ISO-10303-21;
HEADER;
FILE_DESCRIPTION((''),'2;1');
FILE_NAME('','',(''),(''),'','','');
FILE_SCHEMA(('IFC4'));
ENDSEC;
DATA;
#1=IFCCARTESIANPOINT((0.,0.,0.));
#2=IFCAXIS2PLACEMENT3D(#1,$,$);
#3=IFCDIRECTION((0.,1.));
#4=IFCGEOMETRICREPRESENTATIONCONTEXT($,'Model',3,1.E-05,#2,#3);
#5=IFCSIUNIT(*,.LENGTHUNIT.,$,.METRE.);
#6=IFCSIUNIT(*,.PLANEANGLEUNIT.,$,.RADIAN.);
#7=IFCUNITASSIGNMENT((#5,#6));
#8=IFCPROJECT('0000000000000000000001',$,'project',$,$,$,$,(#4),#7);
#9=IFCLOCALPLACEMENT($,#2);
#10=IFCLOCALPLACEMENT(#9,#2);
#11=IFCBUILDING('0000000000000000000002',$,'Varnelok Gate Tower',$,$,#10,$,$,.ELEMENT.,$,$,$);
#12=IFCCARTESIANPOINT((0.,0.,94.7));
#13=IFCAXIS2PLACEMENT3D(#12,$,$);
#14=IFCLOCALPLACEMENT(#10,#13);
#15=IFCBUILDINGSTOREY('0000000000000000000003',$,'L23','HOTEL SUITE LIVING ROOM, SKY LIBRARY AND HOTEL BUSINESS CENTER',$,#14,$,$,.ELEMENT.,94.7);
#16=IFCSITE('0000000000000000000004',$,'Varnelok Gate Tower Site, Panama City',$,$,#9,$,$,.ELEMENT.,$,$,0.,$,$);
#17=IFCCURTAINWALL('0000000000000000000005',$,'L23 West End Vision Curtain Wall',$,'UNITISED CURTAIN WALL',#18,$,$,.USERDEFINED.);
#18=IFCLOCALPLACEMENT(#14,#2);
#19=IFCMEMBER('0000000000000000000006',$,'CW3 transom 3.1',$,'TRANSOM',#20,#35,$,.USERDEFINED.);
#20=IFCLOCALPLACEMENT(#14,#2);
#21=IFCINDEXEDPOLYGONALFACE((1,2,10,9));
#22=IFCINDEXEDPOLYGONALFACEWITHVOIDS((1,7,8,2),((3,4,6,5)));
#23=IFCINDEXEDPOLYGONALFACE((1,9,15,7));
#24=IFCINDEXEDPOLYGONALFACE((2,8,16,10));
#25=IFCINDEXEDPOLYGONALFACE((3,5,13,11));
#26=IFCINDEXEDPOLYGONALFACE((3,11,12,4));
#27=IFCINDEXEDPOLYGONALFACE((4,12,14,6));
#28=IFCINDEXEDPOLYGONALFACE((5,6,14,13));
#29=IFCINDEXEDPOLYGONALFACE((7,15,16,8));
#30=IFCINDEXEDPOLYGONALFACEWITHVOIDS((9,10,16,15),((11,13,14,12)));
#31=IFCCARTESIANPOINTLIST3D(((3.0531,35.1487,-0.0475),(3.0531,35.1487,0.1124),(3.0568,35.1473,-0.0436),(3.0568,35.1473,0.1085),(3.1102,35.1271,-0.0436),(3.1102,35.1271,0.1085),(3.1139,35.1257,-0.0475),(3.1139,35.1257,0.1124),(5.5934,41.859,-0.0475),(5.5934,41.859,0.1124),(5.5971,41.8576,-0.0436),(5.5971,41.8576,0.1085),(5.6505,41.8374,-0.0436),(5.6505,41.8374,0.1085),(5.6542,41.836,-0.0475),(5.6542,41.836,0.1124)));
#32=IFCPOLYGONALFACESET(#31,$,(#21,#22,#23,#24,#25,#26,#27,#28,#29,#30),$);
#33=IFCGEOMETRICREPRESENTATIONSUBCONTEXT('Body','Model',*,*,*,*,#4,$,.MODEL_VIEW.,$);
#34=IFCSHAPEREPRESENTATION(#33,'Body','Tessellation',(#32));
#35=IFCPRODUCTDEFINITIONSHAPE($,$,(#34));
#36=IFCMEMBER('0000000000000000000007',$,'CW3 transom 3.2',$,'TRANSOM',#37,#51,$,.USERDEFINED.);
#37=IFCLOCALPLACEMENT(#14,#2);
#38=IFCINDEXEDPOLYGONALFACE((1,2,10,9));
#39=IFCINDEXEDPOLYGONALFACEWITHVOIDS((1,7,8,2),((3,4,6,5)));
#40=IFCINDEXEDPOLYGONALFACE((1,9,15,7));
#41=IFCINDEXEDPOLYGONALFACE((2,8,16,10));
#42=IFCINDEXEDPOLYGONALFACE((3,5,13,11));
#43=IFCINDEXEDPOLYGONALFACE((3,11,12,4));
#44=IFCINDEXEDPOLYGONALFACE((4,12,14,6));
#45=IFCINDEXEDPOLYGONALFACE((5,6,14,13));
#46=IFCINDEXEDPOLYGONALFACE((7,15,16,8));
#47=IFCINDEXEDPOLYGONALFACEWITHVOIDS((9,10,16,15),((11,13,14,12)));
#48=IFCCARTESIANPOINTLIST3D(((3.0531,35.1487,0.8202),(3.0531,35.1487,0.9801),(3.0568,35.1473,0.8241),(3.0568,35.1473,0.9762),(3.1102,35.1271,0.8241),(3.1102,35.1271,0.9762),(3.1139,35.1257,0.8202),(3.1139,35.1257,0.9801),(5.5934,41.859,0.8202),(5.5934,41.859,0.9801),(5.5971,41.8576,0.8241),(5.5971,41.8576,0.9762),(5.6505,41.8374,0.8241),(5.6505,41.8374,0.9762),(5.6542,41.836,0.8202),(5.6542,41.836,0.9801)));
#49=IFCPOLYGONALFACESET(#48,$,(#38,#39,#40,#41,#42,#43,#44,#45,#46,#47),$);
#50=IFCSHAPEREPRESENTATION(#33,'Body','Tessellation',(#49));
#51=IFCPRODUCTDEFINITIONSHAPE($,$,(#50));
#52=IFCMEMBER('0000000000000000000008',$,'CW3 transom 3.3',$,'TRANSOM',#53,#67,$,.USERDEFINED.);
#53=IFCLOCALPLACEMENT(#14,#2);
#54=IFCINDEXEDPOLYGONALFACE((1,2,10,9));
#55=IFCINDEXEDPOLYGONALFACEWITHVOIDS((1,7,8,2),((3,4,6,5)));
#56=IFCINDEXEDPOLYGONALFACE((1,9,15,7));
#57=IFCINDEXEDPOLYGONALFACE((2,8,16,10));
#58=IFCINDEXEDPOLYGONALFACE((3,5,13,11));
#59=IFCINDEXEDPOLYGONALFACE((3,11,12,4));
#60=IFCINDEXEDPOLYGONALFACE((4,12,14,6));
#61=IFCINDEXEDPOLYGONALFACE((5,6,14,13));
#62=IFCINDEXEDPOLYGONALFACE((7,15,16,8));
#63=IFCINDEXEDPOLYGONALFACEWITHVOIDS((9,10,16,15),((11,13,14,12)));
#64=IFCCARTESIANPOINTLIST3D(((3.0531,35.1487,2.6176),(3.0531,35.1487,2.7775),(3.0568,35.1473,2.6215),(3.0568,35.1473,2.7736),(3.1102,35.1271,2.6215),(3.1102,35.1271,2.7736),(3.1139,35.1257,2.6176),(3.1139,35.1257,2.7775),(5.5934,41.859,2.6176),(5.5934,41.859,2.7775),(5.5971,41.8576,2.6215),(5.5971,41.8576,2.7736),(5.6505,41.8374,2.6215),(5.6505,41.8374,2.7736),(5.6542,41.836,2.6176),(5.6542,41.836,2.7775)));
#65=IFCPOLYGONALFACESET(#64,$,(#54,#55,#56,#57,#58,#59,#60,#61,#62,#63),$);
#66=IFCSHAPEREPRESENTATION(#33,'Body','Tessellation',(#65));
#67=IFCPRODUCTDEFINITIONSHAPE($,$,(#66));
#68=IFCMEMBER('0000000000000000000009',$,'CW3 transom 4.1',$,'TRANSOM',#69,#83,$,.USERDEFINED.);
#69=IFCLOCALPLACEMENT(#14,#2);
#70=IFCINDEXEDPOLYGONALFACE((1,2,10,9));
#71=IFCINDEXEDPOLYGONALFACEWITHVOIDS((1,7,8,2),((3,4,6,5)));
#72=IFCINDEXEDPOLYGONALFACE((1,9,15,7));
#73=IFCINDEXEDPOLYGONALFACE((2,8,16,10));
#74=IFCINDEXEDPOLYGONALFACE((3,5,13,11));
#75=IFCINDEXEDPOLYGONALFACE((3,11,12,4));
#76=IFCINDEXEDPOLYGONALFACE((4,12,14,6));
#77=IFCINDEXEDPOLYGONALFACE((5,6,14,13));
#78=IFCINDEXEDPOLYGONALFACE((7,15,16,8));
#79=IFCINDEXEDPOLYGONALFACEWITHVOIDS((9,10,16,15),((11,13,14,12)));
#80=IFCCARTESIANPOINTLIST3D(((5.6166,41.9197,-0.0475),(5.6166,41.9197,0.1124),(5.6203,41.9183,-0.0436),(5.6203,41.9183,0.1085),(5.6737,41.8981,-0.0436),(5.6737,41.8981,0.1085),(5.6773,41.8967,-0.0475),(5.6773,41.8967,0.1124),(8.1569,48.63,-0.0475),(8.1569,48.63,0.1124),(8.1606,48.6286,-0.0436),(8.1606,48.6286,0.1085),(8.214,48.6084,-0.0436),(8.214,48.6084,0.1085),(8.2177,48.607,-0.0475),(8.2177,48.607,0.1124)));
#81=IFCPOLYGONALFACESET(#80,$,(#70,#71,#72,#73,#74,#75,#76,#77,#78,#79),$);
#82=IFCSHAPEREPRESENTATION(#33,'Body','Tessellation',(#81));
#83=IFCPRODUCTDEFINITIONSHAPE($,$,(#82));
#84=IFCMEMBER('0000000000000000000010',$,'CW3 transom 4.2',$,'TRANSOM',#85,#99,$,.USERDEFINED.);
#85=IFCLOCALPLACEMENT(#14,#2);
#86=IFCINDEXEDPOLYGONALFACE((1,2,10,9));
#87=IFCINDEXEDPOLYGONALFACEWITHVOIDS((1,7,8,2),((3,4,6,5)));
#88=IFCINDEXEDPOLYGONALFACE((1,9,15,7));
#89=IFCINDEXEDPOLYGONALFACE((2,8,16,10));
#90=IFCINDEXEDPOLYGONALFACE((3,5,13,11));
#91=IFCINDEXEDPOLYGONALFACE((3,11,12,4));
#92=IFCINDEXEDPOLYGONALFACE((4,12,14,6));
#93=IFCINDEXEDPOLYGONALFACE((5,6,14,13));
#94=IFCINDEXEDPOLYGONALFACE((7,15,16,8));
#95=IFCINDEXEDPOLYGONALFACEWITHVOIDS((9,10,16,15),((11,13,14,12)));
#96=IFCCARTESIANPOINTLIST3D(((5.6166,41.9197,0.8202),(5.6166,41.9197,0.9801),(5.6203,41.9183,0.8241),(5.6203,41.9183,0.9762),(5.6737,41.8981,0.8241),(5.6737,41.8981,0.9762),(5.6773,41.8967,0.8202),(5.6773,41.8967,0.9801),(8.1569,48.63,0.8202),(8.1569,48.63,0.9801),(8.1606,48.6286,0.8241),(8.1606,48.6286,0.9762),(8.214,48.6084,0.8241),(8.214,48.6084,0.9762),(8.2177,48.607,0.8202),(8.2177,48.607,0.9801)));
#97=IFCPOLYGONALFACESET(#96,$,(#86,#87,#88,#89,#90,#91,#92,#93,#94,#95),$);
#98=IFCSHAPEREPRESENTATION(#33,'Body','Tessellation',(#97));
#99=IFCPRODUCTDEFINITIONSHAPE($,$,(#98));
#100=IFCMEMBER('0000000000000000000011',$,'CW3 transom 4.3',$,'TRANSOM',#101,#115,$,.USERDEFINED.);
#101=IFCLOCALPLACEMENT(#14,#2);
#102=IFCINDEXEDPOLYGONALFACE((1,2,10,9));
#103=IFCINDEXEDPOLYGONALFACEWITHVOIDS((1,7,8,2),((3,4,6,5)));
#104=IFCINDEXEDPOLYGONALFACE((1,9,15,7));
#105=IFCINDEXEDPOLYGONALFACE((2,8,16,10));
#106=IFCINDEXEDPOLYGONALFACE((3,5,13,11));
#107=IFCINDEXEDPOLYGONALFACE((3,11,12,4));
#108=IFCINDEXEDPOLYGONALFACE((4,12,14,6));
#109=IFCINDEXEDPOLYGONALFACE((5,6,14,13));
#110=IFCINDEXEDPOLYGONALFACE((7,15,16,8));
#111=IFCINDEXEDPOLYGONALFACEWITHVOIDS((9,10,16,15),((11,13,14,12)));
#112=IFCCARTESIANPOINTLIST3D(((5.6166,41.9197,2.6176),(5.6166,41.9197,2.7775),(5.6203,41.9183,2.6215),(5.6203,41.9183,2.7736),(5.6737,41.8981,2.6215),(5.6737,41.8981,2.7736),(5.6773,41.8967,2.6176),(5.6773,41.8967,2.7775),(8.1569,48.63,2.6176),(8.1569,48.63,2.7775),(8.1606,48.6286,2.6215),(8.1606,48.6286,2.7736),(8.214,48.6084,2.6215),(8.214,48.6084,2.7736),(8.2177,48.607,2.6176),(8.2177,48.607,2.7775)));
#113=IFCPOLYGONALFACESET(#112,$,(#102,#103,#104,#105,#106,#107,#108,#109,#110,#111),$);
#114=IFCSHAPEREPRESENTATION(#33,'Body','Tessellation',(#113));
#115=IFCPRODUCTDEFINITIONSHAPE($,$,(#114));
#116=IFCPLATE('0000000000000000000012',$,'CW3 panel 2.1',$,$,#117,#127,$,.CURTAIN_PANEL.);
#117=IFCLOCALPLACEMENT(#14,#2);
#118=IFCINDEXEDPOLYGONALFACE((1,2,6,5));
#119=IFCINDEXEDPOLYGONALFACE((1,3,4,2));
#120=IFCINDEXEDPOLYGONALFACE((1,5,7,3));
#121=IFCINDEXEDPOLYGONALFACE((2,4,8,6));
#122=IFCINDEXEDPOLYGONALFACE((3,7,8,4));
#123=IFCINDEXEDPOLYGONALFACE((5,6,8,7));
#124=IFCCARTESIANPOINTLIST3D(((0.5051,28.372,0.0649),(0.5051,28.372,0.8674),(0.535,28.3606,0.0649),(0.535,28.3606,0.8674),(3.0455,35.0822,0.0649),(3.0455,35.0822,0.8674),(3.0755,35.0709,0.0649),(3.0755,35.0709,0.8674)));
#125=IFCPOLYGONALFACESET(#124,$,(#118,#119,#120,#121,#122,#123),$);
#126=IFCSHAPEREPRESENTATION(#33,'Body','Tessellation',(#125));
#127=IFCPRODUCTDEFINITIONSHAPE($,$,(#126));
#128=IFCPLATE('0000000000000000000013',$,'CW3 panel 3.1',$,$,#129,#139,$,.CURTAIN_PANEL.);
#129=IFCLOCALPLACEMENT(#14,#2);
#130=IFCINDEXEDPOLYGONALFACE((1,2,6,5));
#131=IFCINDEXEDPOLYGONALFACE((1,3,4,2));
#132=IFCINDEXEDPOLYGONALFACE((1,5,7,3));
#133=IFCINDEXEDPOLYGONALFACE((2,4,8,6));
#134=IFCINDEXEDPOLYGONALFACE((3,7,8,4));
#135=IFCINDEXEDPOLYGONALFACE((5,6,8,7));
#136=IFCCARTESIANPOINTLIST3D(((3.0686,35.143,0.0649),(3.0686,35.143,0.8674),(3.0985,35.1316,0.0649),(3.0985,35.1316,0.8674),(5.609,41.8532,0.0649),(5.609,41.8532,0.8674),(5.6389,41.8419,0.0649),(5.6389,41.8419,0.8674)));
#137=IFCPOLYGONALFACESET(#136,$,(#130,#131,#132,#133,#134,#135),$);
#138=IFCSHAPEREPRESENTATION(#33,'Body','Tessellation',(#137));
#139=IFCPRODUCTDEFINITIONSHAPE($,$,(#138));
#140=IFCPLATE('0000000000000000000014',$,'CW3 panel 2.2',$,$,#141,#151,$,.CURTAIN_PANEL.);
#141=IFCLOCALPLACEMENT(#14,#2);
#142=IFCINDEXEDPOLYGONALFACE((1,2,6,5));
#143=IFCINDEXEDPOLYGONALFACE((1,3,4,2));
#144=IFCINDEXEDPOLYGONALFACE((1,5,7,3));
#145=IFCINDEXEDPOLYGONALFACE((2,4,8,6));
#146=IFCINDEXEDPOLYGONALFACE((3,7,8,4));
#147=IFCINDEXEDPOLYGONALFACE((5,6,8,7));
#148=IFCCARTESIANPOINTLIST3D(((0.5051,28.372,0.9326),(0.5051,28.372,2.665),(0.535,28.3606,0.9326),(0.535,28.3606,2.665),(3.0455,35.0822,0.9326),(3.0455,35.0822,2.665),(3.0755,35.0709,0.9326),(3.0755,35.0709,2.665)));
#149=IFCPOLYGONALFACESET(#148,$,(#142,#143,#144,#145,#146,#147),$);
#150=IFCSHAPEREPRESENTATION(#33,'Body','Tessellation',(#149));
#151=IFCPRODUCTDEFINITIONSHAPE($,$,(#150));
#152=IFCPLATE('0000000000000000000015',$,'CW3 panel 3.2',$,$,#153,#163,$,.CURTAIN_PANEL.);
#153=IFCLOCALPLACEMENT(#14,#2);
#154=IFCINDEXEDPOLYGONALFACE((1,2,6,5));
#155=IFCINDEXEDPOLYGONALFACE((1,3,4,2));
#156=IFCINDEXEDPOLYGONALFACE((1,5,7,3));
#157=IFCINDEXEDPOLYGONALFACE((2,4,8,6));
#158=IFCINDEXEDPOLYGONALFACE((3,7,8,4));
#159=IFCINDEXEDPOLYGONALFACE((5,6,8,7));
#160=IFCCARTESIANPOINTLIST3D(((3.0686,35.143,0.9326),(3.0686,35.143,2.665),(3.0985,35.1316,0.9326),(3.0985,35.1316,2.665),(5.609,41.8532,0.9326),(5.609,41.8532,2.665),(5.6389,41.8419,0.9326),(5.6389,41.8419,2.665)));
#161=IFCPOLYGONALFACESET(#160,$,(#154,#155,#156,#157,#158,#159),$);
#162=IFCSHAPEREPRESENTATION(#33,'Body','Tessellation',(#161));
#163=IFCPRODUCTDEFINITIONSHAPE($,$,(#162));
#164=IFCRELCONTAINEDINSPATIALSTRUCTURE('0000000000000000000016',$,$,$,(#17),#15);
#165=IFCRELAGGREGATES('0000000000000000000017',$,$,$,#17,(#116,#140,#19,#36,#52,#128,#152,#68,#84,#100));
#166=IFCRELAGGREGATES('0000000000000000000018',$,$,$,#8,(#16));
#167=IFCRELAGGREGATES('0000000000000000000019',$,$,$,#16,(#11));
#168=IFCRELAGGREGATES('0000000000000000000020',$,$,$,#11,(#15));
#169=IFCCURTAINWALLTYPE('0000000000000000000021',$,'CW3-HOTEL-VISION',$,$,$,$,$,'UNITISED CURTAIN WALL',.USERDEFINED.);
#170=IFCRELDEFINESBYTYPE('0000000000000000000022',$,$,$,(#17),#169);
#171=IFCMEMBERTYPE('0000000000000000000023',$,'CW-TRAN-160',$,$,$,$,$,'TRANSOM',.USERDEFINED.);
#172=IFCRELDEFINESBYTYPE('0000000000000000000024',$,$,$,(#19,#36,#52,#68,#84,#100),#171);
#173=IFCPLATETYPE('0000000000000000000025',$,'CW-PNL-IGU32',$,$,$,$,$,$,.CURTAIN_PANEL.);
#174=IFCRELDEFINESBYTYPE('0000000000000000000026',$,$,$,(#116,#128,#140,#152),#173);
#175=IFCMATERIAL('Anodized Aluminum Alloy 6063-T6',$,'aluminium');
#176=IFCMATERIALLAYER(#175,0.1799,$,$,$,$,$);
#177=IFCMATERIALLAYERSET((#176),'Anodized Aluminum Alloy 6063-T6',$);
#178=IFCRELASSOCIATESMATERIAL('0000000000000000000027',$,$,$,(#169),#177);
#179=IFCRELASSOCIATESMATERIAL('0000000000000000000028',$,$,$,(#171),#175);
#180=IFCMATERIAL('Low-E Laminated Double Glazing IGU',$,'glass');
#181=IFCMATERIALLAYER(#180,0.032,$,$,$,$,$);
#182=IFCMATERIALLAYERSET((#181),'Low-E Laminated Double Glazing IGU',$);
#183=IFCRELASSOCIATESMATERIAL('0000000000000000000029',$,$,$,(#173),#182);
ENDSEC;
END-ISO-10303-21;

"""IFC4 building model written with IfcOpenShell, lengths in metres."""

from ifc_helpers import new_model, si_unit, direction, frame, origin, origin_2d, place, context, subcontext, project, spatial, rectangle, hollow_rectangle, extrude, source, transform, mapped, material, layer, layer_set, material_profile, profile_set, type_object, element, aggregate, save


model = new_model("IFC4")

# Units and contexts
model_context = context("Model", 3, precision=1e-05, world=origin(), true_north=direction((0.0, 1.0)))
body_context = subcontext(model_context, "Body", "Model", "MODEL_VIEW")
ifc_project = project(units=[si_unit("LENGTHUNIT", "METRE"), si_unit("PLANEANGLEUNIT", "RADIAN")], contexts=[model_context])

# Site, building, storey
site_placement = place(None, origin())
site = spatial("IfcSite", under=ifc_project, at=site_placement, Name="Varnelok Gate Tower Site, Panama City", CompositionType="ELEMENT", RefElevation=0.0)
building_placement = place(site_placement, origin())
building = spatial("IfcBuilding", under=site, at=building_placement, Name="Varnelok Gate Tower", CompositionType="ELEMENT")
storey_placement = place(building_placement, frame((0.0, 0.0, 94.7)))
storey = spatial("IfcBuildingStorey", under=building, at=storey_placement, Name="L23", Description="HOTEL SUITE LIVING ROOM, SKY LIBRARY AND HOTEL BUSINESS CENTER", CompositionType="ELEMENT", Elevation=94.7)

# Curtain wall, members, plates
ifc_material_1 = material(Name="Anodized Aluminum Alloy 6063-T6", Category="aluminium")
ifc_layer_1 = layer(ifc_material_1, 0.1799)
ifc_layer_set_1 = layer_set([ifc_layer_1], Name="Anodized Aluminum Alloy 6063-T6")
curtain_wall_type = type_object("IfcCurtainWallType", Name="CW3-HOTEL-VISION", ElementType="UNITISED CURTAIN WALL", PredefinedType="USERDEFINED", material=ifc_layer_set_1)
curtain_wall_placement = place(storey_placement, origin())
curtain_wall = element("IfcCurtainWall", 1, at=curtain_wall_placement, inside=storey, type_object=curtain_wall_type, Name="L23 West End Vision Curtain Wall", ObjectType="UNITISED CURTAIN WALL", PredefinedType="USERDEFINED")
ifc_material_profile_1 = material_profile(ifc_material_1, hollow_rectangle(XDim=0.0649, YDim=0.1599, WallThickness=0.0039, at=origin_2d()), Name="ALU160X65X4")
ifc_profile_set_1 = profile_set([ifc_material_profile_1], Name="Anodized Aluminum Alloy 6063-T6")
member_type_1 = type_object("IfcMemberType", Name="CW-TRAN-160", ElementType="TRANSOM", PredefinedType="USERDEFINED", material=ifc_profile_set_1)
member_1_placement = place(storey_placement, frame((3.0835, 35.1372, 0.0325), z_axis=(0.354049, 0.935227, 0.0), x_axis=(-0.935227, 0.354049, 0.0)))
member_1 = element("IfcMember", 2, at=member_1_placement, type_object=member_type_1, Name="CW3 transom 3.1", ObjectType="TRANSOM", PredefinedType="USERDEFINED", context=body_context, shape_type="SweptSolid", body=[
    extrude(hollow_rectangle(XDim=0.0649, YDim=0.1599, WallThickness=0.0039, at=origin_2d()), origin(), (0.0, 0.0, 1.0), 7.175),
])
member_2_placement = place(storey_placement, frame((3.0835, 35.1372, 0.9001), z_axis=(0.354049, 0.935227, 0.0), x_axis=(-0.935227, 0.354049, 0.0)))
member_2 = element("IfcMember", 3, at=member_2_placement, type_object=member_type_1, Name="CW3 transom 3.2", ObjectType="TRANSOM", PredefinedType="USERDEFINED", context=body_context, shape_type="SweptSolid", body=[
    extrude(hollow_rectangle(XDim=0.0649, YDim=0.1599, WallThickness=0.0039, at=origin_2d()), origin(), (0.0, 0.0, 1.0), 7.175),
])
member_3_placement = place(storey_placement, frame((3.0835, 35.1372, 2.6975), z_axis=(0.354049, 0.935227, 0.0), x_axis=(-0.935227, 0.354049, 0.0)))
member_3 = element("IfcMember", 4, at=member_3_placement, type_object=member_type_1, Name="CW3 transom 3.3", ObjectType="TRANSOM", PredefinedType="USERDEFINED", context=body_context, shape_type="SweptSolid", body=[
    extrude(hollow_rectangle(XDim=0.0649, YDim=0.1599, WallThickness=0.0039, at=origin_2d()), origin(), (0.0, 0.0, 1.0), 7.175),
])
member_4_placement = place(storey_placement, frame((5.647, 41.9082, 0.0325), z_axis=(0.354049, 0.935227, 0.0), x_axis=(-0.935227, 0.354049, 0.0)))
member_4 = element("IfcMember", 5, at=member_4_placement, type_object=member_type_1, Name="CW3 transom 4.1", ObjectType="TRANSOM", PredefinedType="USERDEFINED", context=body_context, shape_type="SweptSolid", body=[
    extrude(hollow_rectangle(XDim=0.0649, YDim=0.1599, WallThickness=0.0039, at=origin_2d()), origin(), (0.0, 0.0, 1.0), 7.175),
])
member_5_placement = place(storey_placement, frame((5.647, 41.9082, 0.9001), z_axis=(0.354049, 0.935227, 0.0), x_axis=(-0.935227, 0.354049, 0.0)))
member_5 = element("IfcMember", 6, at=member_5_placement, type_object=member_type_1, Name="CW3 transom 4.2", ObjectType="TRANSOM", PredefinedType="USERDEFINED", context=body_context, shape_type="SweptSolid", body=[
    extrude(hollow_rectangle(XDim=0.0649, YDim=0.1599, WallThickness=0.0039, at=origin_2d()), origin(), (0.0, 0.0, 1.0), 7.175),
])
member_6_placement = place(storey_placement, frame((5.647, 41.9082, 2.6975), z_axis=(0.354049, 0.935227, 0.0), x_axis=(-0.935227, 0.354049, 0.0)))
member_6 = element("IfcMember", 7, at=member_6_placement, type_object=member_type_1, Name="CW3 transom 4.3", ObjectType="TRANSOM", PredefinedType="USERDEFINED", context=body_context, shape_type="SweptSolid", body=[
    extrude(hollow_rectangle(XDim=0.0649, YDim=0.1599, WallThickness=0.0039, at=origin_2d()), origin(), (0.0, 0.0, 1.0), 7.175),
])
ifc_material_2 = material(Name="Low-E Laminated Double Glazing IGU", Category="glass")
ifc_layer_2 = layer(ifc_material_2, 0.032)
ifc_layer_set_2 = layer_set([ifc_layer_2], Name="Low-E Laminated Double Glazing IGU")
plate_type = type_object("IfcPlateType", Name="CW-PNL-IGU32", PredefinedType="CURTAIN_PANEL", material=ifc_layer_set_2)
shared_shape_1 = source(origin(), body_context, "Body", "SweptSolid", [
    extrude(rectangle(XDim=7.175, YDim=0.032, at=origin_2d()), origin(), (0.0, 0.0, 1.0), 0.8025),
])
plate_1_placement = place(storey_placement, frame((1.7903, 31.7214, 0.0649), z_axis=(0.0, 0.0, 1.0), x_axis=(0.354064, 0.935221, 0.0)))
plate_1 = element("IfcPlate", 8, at=plate_1_placement, type_object=plate_type, Name="CW3 panel 2.1", PredefinedType="CURTAIN_PANEL", context=body_context, shape_type="MappedRepresentation", body=[
    mapped(shared_shape_1, transform((0.0, 0.0, 0.0), scale=1.0)),
])
plate_2_placement = place(storey_placement, frame((4.3538, 38.4924, 0.0649), z_axis=(0.0, 0.0, 1.0), x_axis=(0.354064, 0.935221, 0.0)))
plate_2 = element("IfcPlate", 9, at=plate_2_placement, type_object=plate_type, Name="CW3 panel 3.1", PredefinedType="CURTAIN_PANEL", context=body_context, shape_type="MappedRepresentation", body=[
    mapped(shared_shape_1, transform((0.0, 0.0, 0.0), scale=1.0)),
])
shared_shape_2 = source(origin(), body_context, "Body", "SweptSolid", [
    extrude(rectangle(XDim=7.175, YDim=0.032, at=origin_2d()), origin(), (0.0, 0.0, 1.0), 1.7324),
])
plate_3_placement = place(storey_placement, frame((1.7903, 31.7214, 0.9326), z_axis=(0.0, 0.0, 1.0), x_axis=(0.354064, 0.935221, 0.0)))
plate_3 = element("IfcPlate", 10, at=plate_3_placement, type_object=plate_type, Name="CW3 panel 2.2", PredefinedType="CURTAIN_PANEL", context=body_context, shape_type="MappedRepresentation", body=[
    mapped(shared_shape_2, transform((0.0, 0.0, 0.0), scale=1.0)),
])
plate_4_placement = place(storey_placement, frame((4.3538, 38.4924, 0.9326), z_axis=(0.0, 0.0, 1.0), x_axis=(0.354064, 0.935221, 0.0)))
plate_4 = element("IfcPlate", 11, at=plate_4_placement, type_object=plate_type, Name="CW3 panel 3.2", PredefinedType="CURTAIN_PANEL", context=body_context, shape_type="MappedRepresentation", body=[
    mapped(shared_shape_2, transform((0.0, 0.0, 0.0), scale=1.0)),
])
aggregate(curtain_wall, [plate_1, plate_3, member_1, member_2, member_3, plate_2, plate_4, member_4, member_5, member_6])

save(model, "model.ifc")
